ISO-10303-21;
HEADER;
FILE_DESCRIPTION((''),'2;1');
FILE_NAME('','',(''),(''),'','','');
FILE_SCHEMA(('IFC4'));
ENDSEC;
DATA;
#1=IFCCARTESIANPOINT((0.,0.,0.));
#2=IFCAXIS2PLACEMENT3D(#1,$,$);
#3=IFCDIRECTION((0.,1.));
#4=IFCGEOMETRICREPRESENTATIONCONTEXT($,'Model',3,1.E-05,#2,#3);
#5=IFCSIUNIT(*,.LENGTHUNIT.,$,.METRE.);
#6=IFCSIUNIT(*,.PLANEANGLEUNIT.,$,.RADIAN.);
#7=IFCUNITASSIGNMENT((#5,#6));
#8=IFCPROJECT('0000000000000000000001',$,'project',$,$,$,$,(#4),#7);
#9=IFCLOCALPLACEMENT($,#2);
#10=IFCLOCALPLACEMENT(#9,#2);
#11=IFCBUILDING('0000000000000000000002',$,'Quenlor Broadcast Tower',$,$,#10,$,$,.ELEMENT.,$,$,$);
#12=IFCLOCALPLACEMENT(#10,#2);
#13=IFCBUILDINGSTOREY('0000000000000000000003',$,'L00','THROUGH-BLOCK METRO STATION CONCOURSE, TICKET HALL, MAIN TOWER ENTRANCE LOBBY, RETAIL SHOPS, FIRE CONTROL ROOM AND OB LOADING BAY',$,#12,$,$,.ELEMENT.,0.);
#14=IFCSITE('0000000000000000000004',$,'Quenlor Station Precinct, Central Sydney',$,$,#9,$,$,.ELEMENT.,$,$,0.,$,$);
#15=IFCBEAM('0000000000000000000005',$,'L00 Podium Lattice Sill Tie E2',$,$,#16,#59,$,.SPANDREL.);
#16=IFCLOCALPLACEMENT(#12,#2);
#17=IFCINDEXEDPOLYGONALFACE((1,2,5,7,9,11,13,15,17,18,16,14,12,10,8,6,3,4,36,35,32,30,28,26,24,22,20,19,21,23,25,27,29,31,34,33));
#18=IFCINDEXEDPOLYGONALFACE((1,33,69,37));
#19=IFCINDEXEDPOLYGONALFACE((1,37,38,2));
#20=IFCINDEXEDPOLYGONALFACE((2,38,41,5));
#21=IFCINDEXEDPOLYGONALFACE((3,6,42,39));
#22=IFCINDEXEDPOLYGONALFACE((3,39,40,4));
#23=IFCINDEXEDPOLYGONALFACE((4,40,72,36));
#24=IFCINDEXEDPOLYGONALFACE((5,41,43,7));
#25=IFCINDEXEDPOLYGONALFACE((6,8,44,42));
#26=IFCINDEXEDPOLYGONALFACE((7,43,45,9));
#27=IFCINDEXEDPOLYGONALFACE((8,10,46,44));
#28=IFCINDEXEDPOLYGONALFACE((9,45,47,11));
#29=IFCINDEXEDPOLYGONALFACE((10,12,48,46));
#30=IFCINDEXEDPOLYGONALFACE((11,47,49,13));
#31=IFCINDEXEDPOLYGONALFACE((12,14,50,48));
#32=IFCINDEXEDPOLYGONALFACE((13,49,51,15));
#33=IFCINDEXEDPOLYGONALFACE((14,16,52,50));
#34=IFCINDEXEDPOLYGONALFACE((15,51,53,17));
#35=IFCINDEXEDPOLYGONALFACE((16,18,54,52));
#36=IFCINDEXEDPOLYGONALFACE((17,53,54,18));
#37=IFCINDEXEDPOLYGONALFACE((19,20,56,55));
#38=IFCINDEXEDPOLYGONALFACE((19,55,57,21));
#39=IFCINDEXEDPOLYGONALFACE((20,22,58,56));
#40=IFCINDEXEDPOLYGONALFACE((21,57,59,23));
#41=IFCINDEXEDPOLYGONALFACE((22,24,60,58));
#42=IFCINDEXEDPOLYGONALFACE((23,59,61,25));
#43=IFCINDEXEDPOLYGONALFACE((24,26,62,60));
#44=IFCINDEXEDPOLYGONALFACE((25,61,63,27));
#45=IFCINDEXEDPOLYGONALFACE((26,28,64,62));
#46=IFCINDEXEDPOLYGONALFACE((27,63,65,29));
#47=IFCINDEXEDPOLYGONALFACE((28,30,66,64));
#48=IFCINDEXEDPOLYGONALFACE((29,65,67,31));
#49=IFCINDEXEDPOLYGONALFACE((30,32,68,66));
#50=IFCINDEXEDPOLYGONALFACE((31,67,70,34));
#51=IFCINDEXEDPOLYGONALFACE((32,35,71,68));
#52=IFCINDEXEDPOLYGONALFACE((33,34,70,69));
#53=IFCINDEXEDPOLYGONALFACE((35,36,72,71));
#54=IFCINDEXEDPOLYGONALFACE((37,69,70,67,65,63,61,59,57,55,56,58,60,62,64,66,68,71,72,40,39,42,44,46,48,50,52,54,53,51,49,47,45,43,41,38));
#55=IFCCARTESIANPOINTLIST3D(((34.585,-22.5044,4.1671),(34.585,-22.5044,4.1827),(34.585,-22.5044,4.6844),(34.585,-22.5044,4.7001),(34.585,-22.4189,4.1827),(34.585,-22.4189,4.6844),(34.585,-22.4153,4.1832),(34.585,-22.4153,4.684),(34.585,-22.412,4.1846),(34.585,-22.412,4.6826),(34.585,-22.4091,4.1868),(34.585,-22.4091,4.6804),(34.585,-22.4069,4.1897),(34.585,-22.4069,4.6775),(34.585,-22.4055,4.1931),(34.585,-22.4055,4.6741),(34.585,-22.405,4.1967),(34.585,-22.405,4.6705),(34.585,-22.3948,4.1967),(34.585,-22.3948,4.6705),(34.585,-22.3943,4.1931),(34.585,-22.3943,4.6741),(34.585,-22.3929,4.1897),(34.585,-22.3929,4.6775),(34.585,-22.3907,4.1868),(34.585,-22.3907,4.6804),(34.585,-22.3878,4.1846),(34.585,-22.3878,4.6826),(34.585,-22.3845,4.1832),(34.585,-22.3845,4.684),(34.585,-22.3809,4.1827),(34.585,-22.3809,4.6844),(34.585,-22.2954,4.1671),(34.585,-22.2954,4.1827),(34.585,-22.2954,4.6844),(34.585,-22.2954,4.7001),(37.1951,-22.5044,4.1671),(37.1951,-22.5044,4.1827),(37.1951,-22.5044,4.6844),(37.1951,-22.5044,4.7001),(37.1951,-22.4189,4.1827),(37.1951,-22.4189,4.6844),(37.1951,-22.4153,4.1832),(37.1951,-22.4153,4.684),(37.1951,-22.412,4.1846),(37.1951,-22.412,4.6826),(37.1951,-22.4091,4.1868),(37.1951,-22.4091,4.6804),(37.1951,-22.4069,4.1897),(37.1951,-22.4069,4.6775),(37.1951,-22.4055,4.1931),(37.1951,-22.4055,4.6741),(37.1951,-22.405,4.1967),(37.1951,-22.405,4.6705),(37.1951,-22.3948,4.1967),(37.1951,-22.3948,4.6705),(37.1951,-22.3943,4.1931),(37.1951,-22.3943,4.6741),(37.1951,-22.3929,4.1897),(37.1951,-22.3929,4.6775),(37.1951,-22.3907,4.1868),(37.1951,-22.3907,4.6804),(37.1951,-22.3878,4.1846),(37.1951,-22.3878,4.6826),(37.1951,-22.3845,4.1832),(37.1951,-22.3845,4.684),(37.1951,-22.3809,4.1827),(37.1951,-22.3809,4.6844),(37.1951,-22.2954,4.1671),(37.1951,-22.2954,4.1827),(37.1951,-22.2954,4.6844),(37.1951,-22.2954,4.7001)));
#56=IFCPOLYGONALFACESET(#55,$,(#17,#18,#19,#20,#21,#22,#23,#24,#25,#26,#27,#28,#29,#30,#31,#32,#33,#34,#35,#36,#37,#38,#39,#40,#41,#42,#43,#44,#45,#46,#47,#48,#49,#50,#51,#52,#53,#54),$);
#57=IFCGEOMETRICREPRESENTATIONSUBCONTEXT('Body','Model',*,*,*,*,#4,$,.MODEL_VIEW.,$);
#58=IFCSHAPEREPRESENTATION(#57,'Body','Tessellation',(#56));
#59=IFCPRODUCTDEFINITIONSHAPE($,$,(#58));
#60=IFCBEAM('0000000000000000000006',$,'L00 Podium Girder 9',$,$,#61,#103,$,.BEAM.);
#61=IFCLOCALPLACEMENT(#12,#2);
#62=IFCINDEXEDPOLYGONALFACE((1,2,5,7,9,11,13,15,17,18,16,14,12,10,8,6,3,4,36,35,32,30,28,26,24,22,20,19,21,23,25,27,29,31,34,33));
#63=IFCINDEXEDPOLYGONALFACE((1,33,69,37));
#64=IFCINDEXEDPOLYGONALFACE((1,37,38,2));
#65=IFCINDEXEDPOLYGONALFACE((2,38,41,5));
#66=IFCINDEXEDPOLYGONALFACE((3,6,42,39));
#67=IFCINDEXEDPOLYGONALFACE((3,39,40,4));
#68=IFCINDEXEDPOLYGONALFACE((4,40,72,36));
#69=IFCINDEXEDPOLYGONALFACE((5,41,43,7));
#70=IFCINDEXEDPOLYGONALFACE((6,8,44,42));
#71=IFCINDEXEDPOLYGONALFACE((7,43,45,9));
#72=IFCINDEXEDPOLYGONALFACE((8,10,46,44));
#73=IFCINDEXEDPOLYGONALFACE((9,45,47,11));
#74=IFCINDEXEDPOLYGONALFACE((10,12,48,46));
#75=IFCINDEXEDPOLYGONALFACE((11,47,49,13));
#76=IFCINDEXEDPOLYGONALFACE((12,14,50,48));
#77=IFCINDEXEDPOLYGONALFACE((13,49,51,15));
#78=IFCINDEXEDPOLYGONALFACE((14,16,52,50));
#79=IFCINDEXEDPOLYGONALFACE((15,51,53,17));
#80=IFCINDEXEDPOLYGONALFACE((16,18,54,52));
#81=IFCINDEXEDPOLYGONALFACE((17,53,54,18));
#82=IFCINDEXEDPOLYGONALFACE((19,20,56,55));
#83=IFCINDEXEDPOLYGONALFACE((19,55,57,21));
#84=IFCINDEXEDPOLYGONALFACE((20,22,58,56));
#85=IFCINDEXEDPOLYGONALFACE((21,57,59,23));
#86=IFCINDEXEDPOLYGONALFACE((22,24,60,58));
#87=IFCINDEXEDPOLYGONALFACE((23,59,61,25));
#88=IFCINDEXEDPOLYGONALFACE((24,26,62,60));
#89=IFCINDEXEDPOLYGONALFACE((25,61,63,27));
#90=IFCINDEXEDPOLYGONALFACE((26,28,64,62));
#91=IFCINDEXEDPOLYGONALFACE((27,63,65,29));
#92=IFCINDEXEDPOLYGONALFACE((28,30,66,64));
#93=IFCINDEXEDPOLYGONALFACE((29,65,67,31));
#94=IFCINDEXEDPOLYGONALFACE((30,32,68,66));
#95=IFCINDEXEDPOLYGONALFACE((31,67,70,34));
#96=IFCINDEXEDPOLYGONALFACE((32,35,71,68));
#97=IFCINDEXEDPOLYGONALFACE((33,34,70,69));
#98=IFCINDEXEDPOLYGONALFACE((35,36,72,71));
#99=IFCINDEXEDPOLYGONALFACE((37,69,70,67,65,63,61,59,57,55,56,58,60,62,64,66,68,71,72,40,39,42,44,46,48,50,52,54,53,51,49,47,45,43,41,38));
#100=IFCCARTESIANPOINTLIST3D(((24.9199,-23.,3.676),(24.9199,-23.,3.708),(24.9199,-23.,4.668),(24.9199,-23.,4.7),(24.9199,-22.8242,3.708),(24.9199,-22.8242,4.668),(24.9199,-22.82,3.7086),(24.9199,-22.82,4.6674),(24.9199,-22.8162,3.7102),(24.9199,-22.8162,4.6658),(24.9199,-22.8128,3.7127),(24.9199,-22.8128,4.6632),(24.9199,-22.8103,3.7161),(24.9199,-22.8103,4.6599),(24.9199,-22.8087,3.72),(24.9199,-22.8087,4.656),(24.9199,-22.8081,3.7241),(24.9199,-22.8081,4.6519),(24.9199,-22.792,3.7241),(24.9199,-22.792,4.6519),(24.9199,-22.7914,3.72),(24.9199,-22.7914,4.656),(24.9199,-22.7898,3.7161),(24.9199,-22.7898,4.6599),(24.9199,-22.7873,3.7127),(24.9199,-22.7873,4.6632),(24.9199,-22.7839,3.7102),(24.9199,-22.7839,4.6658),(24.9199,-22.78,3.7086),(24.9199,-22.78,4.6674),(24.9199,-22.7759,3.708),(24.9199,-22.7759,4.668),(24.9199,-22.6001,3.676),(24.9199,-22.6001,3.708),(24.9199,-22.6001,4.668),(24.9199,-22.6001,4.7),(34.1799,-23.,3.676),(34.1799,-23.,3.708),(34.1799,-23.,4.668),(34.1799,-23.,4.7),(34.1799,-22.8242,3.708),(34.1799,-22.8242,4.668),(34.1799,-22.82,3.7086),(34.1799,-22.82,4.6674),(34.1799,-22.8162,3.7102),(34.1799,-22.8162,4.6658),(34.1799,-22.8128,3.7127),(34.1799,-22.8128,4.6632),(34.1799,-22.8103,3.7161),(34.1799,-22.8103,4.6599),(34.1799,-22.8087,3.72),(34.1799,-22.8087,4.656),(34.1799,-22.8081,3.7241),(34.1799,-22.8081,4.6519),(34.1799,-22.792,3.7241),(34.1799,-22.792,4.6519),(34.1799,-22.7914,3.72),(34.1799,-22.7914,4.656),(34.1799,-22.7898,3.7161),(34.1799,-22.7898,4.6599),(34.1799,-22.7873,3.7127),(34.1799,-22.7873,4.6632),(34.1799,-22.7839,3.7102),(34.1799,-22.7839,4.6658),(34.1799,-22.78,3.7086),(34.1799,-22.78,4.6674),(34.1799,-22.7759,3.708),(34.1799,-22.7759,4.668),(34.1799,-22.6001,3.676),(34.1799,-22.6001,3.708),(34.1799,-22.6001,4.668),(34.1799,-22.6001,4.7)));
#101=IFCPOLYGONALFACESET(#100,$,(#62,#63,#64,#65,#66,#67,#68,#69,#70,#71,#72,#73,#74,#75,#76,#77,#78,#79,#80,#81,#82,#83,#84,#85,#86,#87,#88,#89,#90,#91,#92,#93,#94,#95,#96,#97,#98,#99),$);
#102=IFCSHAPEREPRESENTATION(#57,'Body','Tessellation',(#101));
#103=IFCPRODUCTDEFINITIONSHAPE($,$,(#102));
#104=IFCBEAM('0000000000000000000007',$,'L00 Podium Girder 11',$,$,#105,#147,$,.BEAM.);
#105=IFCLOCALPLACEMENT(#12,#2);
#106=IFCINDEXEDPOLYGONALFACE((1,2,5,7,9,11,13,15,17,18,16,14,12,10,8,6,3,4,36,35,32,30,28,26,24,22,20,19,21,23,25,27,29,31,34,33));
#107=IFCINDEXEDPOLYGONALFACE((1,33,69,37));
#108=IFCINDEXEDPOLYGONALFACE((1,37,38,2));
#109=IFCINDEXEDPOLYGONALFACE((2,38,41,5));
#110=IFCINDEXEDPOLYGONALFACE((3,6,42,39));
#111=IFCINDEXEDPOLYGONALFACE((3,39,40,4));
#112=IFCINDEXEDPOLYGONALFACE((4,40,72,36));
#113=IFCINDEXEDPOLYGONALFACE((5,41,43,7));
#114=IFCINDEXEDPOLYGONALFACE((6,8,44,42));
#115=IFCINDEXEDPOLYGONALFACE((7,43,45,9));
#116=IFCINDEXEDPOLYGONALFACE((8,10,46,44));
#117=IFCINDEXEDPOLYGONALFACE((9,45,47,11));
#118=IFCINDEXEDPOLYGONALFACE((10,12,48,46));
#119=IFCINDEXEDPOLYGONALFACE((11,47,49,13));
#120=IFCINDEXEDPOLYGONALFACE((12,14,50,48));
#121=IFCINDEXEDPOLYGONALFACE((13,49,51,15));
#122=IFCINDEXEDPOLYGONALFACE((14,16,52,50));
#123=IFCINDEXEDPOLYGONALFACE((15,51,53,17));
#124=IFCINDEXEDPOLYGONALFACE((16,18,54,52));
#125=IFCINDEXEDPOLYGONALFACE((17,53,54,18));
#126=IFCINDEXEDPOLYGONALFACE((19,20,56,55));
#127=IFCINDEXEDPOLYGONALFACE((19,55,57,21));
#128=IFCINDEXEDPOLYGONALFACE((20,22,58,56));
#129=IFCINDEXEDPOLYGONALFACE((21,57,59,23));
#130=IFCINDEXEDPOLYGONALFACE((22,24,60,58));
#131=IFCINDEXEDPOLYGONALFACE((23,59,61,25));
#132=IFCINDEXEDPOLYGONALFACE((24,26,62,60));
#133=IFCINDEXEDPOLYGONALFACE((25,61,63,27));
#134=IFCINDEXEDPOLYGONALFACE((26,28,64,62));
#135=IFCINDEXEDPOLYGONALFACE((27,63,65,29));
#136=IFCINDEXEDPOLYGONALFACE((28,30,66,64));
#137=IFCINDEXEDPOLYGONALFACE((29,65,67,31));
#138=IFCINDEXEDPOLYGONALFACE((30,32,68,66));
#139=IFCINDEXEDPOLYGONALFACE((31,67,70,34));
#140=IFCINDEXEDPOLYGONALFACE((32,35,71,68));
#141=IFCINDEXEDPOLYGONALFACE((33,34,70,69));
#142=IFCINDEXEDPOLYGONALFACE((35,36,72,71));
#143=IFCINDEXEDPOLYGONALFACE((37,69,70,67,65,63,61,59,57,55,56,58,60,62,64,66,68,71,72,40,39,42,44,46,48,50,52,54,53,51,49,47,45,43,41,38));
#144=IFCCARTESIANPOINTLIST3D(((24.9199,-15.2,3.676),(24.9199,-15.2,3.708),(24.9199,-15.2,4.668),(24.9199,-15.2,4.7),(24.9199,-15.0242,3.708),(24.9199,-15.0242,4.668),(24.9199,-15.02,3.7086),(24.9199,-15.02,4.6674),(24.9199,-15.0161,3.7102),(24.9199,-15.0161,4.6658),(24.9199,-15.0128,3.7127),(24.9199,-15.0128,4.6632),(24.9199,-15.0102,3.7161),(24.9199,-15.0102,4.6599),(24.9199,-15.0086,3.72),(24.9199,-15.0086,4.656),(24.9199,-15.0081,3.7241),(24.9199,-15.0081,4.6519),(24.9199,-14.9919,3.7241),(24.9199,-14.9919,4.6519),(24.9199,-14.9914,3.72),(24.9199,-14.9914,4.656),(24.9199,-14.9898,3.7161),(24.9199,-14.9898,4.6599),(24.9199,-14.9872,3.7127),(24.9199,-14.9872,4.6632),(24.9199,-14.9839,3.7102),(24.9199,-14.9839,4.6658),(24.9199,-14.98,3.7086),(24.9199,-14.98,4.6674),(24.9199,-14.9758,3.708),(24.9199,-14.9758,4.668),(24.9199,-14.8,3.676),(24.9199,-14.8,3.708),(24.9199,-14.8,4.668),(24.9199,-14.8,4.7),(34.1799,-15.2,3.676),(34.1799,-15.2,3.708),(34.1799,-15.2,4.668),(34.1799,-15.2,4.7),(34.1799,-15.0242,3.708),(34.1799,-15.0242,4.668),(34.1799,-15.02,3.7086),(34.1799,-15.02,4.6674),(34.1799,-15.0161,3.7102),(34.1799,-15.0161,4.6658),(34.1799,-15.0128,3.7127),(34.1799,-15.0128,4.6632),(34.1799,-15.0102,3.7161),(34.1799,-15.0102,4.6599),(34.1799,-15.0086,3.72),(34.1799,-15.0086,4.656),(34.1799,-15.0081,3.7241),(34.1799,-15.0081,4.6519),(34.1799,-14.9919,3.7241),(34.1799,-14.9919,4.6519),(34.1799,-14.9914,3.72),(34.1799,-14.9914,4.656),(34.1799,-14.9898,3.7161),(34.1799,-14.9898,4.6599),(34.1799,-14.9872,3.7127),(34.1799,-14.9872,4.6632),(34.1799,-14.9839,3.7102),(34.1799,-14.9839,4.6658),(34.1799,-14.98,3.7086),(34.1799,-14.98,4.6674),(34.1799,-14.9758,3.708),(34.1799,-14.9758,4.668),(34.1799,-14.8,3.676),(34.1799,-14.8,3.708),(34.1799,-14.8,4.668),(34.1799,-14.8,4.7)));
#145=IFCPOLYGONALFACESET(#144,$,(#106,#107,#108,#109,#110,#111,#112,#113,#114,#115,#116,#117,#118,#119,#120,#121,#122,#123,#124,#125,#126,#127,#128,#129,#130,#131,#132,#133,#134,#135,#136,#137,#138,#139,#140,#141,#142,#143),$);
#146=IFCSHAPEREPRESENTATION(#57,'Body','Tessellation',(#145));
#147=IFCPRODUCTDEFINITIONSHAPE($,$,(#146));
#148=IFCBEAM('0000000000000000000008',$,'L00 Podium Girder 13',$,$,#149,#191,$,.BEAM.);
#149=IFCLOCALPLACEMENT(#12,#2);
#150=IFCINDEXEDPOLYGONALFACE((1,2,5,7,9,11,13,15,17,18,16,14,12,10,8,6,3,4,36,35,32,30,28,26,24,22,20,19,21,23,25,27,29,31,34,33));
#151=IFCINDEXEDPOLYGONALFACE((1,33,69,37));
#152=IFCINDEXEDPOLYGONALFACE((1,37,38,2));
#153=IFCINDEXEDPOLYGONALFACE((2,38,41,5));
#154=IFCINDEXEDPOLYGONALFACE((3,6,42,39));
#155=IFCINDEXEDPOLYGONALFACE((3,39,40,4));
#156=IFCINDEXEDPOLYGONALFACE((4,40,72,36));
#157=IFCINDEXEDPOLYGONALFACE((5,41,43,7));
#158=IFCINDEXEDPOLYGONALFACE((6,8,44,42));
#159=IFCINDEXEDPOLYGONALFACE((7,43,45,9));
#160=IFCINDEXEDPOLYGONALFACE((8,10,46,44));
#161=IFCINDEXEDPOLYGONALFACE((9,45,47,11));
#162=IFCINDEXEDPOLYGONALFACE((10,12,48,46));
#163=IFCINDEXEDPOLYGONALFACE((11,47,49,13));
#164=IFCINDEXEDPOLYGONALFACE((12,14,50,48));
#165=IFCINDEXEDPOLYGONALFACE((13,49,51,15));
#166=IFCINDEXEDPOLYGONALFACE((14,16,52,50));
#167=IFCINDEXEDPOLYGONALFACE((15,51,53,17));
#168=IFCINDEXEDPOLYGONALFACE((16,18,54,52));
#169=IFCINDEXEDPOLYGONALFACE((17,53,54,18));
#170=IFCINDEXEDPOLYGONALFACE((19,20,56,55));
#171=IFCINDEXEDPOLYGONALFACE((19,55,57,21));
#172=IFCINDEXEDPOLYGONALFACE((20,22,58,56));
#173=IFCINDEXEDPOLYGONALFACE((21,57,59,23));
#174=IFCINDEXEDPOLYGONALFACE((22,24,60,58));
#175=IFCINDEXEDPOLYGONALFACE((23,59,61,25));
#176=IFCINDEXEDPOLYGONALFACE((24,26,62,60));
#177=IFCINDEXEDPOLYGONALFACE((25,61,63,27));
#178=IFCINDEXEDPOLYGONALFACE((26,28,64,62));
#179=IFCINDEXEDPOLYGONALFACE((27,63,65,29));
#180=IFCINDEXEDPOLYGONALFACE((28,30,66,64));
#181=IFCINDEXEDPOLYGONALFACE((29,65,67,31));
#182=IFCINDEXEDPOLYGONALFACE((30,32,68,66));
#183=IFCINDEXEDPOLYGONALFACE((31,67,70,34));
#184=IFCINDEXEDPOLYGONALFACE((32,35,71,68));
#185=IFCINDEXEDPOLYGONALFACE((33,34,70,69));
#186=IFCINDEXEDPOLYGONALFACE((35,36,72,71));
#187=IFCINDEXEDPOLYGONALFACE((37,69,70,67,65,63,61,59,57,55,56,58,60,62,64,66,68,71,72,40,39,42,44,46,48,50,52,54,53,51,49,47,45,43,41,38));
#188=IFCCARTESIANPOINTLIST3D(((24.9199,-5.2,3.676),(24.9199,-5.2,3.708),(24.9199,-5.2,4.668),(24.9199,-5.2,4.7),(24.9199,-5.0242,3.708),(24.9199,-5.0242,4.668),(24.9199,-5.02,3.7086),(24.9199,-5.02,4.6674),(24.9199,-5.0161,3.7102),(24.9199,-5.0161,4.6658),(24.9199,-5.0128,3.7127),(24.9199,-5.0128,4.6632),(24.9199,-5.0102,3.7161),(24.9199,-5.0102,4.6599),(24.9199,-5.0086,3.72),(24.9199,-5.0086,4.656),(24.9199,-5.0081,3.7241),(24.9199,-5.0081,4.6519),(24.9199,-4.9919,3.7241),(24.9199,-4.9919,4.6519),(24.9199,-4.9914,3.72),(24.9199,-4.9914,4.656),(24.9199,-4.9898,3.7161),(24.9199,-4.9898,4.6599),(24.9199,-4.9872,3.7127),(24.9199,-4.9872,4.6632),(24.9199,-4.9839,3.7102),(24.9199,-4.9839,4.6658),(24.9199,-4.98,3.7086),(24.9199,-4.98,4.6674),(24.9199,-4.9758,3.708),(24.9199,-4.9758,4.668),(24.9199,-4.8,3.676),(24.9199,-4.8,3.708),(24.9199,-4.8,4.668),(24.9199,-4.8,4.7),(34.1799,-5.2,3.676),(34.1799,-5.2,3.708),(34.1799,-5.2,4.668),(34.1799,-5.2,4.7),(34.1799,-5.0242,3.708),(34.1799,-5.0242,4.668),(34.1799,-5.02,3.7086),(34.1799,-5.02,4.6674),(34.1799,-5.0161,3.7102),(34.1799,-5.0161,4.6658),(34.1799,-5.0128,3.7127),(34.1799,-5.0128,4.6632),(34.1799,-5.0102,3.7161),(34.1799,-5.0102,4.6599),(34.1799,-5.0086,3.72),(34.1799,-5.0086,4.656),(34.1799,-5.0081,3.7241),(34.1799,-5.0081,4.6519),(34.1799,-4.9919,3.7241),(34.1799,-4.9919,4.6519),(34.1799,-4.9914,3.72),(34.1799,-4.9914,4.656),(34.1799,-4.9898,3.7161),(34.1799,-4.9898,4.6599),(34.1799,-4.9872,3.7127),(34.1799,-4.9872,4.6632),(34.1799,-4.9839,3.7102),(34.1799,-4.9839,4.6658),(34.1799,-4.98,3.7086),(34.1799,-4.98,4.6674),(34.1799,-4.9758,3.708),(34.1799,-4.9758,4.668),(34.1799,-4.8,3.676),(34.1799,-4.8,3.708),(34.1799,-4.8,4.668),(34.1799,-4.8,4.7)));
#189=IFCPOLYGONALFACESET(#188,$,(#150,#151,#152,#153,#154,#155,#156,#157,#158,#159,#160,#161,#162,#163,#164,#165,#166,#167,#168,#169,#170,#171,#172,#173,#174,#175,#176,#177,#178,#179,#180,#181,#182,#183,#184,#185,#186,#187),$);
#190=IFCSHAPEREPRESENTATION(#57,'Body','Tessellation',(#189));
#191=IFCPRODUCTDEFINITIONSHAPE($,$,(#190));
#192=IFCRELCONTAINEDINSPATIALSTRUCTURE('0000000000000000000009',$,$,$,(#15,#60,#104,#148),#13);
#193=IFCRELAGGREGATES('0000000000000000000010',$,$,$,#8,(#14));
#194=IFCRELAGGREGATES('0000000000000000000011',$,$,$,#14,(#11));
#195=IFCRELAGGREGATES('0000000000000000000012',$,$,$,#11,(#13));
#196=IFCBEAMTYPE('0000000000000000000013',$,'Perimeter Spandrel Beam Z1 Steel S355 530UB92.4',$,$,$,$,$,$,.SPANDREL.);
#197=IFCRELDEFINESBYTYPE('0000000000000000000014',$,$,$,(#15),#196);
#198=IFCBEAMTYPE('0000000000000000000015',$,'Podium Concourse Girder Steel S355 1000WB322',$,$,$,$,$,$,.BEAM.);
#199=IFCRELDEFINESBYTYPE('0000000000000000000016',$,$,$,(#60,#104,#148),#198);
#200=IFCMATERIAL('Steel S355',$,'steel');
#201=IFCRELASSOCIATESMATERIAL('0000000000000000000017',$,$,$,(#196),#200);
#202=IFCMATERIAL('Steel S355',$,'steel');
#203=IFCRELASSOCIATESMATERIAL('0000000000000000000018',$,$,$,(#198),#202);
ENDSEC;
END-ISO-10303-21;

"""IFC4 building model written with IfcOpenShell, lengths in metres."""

from ifc_helpers import new_model, si_unit, direction, frame, origin, origin_2d, place, context, subcontext, project, spatial, i_section, extrude, material, material_profile, profile_set, type_object, element, save


model = new_model("IFC4")

# Units and contexts
model_context = context("Model", 3, precision=1e-05, world=origin(), true_north=direction((0.0, 1.0)))
body_context = subcontext(model_context, "Body", "Model", "MODEL_VIEW")
ifc_project = project(units=[si_unit("LENGTHUNIT", "METRE"), si_unit("PLANEANGLEUNIT", "RADIAN")], contexts=[model_context])

# Site, building, storey
site_placement = place(None, origin())
site = spatial("IfcSite", under=ifc_project, at=site_placement, Name="Quenlor Station Precinct, Central Sydney", CompositionType="ELEMENT", RefElevation=0.0)
building_placement = place(site_placement, origin())
building = spatial("IfcBuilding", under=site, at=building_placement, Name="Quenlor Broadcast Tower", CompositionType="ELEMENT")
storey_placement = place(building_placement, origin())
storey = spatial("IfcBuildingStorey", under=building, at=storey_placement, Name="L00", Description="THROUGH-BLOCK METRO STATION CONCOURSE, TICKET HALL, MAIN TOWER ENTRANCE LOBBY, RETAIL SHOPS, FIRE CONTROL ROOM AND OB LOADING BAY", CompositionType="ELEMENT", Elevation=0.0)

# Beams
ifc_material_1 = material(Name="Steel S355", Category="steel")
ifc_material_profile_1 = material_profile(ifc_material_1, i_section(OverallWidth=0.209, OverallDepth=0.533, WebThickness=0.0103, FlangeThickness=0.0156, FilletRadius=0.0139, at=origin_2d()))
ifc_profile_set_1 = profile_set([ifc_material_profile_1], Name="Steel S355 530UB92.4")
beam_type_1 = type_object("IfcBeamType", Name="Perimeter Spandrel Beam Z1 Steel S355 530UB92.4", PredefinedType="SPANDREL", material=ifc_profile_set_1)
beam_1_placement = place(storey_placement, frame((34.585, -22.3999, 4.4336), z_axis=(1.0, 0.0, 0.0), x_axis=(0.0, 1.0, 0.0)))
element("IfcBeam", 1, at=beam_1_placement, inside=storey, type_object=beam_type_1, Name="L00 Podium Lattice Sill Tie E2", PredefinedType="SPANDREL", context=body_context, shape_type="SweptSolid", body=[
    extrude(i_section(OverallWidth=0.209, OverallDepth=0.533, WebThickness=0.0103, FlangeThickness=0.0156, FilletRadius=0.0139, at=origin_2d()), origin(), (0.0, 0.0, 1.0), 2.6101),
])
ifc_material_2 = material(Name="Steel S355", Category="steel")
ifc_material_profile_2 = material_profile(ifc_material_2, i_section(OverallWidth=0.3999, OverallDepth=1.0239, WebThickness=0.0161, FlangeThickness=0.032, FilletRadius=0.0161, at=origin_2d()))
ifc_profile_set_2 = profile_set([ifc_material_profile_2], Name="Steel S355 1000WB322")
beam_type_2 = type_object("IfcBeamType", Name="Podium Concourse Girder Steel S355 1000WB322", PredefinedType="BEAM", material=ifc_profile_set_2)
for number, where, z_axis, x_axis, name in (
    (2, (24.9199, -22.8, 4.188), (1.0, 0.0, 0.0), (0.0, 1.0, 0.0), "L00 Podium Girder 9"),
    (3, (24.9199, -15.0, 4.188), (1.0, 0.0, 0.0), (0.0, 1.0, 0.0), "L00 Podium Girder 11"),
    (4, (24.9199, -5.0, 4.188), (1.0, 0.0, 0.0), (0.0, 1.0, 0.0), "L00 Podium Girder 13"),
):
    element("IfcBeam", number, at=place(storey_placement, frame(where, z_axis=z_axis, x_axis=x_axis)), inside=storey, type_object=beam_type_2, Name=name, PredefinedType="BEAM", context=body_context, shape_type="SweptSolid", body=[
        extrude(i_section(OverallWidth=0.3999, OverallDepth=1.0239, WebThickness=0.0161, FlangeThickness=0.032, FilletRadius=0.0161, at=origin_2d()), origin(), (0.0, 0.0, 1.0), 9.26),
    ])

save(model, "model.ifc")
